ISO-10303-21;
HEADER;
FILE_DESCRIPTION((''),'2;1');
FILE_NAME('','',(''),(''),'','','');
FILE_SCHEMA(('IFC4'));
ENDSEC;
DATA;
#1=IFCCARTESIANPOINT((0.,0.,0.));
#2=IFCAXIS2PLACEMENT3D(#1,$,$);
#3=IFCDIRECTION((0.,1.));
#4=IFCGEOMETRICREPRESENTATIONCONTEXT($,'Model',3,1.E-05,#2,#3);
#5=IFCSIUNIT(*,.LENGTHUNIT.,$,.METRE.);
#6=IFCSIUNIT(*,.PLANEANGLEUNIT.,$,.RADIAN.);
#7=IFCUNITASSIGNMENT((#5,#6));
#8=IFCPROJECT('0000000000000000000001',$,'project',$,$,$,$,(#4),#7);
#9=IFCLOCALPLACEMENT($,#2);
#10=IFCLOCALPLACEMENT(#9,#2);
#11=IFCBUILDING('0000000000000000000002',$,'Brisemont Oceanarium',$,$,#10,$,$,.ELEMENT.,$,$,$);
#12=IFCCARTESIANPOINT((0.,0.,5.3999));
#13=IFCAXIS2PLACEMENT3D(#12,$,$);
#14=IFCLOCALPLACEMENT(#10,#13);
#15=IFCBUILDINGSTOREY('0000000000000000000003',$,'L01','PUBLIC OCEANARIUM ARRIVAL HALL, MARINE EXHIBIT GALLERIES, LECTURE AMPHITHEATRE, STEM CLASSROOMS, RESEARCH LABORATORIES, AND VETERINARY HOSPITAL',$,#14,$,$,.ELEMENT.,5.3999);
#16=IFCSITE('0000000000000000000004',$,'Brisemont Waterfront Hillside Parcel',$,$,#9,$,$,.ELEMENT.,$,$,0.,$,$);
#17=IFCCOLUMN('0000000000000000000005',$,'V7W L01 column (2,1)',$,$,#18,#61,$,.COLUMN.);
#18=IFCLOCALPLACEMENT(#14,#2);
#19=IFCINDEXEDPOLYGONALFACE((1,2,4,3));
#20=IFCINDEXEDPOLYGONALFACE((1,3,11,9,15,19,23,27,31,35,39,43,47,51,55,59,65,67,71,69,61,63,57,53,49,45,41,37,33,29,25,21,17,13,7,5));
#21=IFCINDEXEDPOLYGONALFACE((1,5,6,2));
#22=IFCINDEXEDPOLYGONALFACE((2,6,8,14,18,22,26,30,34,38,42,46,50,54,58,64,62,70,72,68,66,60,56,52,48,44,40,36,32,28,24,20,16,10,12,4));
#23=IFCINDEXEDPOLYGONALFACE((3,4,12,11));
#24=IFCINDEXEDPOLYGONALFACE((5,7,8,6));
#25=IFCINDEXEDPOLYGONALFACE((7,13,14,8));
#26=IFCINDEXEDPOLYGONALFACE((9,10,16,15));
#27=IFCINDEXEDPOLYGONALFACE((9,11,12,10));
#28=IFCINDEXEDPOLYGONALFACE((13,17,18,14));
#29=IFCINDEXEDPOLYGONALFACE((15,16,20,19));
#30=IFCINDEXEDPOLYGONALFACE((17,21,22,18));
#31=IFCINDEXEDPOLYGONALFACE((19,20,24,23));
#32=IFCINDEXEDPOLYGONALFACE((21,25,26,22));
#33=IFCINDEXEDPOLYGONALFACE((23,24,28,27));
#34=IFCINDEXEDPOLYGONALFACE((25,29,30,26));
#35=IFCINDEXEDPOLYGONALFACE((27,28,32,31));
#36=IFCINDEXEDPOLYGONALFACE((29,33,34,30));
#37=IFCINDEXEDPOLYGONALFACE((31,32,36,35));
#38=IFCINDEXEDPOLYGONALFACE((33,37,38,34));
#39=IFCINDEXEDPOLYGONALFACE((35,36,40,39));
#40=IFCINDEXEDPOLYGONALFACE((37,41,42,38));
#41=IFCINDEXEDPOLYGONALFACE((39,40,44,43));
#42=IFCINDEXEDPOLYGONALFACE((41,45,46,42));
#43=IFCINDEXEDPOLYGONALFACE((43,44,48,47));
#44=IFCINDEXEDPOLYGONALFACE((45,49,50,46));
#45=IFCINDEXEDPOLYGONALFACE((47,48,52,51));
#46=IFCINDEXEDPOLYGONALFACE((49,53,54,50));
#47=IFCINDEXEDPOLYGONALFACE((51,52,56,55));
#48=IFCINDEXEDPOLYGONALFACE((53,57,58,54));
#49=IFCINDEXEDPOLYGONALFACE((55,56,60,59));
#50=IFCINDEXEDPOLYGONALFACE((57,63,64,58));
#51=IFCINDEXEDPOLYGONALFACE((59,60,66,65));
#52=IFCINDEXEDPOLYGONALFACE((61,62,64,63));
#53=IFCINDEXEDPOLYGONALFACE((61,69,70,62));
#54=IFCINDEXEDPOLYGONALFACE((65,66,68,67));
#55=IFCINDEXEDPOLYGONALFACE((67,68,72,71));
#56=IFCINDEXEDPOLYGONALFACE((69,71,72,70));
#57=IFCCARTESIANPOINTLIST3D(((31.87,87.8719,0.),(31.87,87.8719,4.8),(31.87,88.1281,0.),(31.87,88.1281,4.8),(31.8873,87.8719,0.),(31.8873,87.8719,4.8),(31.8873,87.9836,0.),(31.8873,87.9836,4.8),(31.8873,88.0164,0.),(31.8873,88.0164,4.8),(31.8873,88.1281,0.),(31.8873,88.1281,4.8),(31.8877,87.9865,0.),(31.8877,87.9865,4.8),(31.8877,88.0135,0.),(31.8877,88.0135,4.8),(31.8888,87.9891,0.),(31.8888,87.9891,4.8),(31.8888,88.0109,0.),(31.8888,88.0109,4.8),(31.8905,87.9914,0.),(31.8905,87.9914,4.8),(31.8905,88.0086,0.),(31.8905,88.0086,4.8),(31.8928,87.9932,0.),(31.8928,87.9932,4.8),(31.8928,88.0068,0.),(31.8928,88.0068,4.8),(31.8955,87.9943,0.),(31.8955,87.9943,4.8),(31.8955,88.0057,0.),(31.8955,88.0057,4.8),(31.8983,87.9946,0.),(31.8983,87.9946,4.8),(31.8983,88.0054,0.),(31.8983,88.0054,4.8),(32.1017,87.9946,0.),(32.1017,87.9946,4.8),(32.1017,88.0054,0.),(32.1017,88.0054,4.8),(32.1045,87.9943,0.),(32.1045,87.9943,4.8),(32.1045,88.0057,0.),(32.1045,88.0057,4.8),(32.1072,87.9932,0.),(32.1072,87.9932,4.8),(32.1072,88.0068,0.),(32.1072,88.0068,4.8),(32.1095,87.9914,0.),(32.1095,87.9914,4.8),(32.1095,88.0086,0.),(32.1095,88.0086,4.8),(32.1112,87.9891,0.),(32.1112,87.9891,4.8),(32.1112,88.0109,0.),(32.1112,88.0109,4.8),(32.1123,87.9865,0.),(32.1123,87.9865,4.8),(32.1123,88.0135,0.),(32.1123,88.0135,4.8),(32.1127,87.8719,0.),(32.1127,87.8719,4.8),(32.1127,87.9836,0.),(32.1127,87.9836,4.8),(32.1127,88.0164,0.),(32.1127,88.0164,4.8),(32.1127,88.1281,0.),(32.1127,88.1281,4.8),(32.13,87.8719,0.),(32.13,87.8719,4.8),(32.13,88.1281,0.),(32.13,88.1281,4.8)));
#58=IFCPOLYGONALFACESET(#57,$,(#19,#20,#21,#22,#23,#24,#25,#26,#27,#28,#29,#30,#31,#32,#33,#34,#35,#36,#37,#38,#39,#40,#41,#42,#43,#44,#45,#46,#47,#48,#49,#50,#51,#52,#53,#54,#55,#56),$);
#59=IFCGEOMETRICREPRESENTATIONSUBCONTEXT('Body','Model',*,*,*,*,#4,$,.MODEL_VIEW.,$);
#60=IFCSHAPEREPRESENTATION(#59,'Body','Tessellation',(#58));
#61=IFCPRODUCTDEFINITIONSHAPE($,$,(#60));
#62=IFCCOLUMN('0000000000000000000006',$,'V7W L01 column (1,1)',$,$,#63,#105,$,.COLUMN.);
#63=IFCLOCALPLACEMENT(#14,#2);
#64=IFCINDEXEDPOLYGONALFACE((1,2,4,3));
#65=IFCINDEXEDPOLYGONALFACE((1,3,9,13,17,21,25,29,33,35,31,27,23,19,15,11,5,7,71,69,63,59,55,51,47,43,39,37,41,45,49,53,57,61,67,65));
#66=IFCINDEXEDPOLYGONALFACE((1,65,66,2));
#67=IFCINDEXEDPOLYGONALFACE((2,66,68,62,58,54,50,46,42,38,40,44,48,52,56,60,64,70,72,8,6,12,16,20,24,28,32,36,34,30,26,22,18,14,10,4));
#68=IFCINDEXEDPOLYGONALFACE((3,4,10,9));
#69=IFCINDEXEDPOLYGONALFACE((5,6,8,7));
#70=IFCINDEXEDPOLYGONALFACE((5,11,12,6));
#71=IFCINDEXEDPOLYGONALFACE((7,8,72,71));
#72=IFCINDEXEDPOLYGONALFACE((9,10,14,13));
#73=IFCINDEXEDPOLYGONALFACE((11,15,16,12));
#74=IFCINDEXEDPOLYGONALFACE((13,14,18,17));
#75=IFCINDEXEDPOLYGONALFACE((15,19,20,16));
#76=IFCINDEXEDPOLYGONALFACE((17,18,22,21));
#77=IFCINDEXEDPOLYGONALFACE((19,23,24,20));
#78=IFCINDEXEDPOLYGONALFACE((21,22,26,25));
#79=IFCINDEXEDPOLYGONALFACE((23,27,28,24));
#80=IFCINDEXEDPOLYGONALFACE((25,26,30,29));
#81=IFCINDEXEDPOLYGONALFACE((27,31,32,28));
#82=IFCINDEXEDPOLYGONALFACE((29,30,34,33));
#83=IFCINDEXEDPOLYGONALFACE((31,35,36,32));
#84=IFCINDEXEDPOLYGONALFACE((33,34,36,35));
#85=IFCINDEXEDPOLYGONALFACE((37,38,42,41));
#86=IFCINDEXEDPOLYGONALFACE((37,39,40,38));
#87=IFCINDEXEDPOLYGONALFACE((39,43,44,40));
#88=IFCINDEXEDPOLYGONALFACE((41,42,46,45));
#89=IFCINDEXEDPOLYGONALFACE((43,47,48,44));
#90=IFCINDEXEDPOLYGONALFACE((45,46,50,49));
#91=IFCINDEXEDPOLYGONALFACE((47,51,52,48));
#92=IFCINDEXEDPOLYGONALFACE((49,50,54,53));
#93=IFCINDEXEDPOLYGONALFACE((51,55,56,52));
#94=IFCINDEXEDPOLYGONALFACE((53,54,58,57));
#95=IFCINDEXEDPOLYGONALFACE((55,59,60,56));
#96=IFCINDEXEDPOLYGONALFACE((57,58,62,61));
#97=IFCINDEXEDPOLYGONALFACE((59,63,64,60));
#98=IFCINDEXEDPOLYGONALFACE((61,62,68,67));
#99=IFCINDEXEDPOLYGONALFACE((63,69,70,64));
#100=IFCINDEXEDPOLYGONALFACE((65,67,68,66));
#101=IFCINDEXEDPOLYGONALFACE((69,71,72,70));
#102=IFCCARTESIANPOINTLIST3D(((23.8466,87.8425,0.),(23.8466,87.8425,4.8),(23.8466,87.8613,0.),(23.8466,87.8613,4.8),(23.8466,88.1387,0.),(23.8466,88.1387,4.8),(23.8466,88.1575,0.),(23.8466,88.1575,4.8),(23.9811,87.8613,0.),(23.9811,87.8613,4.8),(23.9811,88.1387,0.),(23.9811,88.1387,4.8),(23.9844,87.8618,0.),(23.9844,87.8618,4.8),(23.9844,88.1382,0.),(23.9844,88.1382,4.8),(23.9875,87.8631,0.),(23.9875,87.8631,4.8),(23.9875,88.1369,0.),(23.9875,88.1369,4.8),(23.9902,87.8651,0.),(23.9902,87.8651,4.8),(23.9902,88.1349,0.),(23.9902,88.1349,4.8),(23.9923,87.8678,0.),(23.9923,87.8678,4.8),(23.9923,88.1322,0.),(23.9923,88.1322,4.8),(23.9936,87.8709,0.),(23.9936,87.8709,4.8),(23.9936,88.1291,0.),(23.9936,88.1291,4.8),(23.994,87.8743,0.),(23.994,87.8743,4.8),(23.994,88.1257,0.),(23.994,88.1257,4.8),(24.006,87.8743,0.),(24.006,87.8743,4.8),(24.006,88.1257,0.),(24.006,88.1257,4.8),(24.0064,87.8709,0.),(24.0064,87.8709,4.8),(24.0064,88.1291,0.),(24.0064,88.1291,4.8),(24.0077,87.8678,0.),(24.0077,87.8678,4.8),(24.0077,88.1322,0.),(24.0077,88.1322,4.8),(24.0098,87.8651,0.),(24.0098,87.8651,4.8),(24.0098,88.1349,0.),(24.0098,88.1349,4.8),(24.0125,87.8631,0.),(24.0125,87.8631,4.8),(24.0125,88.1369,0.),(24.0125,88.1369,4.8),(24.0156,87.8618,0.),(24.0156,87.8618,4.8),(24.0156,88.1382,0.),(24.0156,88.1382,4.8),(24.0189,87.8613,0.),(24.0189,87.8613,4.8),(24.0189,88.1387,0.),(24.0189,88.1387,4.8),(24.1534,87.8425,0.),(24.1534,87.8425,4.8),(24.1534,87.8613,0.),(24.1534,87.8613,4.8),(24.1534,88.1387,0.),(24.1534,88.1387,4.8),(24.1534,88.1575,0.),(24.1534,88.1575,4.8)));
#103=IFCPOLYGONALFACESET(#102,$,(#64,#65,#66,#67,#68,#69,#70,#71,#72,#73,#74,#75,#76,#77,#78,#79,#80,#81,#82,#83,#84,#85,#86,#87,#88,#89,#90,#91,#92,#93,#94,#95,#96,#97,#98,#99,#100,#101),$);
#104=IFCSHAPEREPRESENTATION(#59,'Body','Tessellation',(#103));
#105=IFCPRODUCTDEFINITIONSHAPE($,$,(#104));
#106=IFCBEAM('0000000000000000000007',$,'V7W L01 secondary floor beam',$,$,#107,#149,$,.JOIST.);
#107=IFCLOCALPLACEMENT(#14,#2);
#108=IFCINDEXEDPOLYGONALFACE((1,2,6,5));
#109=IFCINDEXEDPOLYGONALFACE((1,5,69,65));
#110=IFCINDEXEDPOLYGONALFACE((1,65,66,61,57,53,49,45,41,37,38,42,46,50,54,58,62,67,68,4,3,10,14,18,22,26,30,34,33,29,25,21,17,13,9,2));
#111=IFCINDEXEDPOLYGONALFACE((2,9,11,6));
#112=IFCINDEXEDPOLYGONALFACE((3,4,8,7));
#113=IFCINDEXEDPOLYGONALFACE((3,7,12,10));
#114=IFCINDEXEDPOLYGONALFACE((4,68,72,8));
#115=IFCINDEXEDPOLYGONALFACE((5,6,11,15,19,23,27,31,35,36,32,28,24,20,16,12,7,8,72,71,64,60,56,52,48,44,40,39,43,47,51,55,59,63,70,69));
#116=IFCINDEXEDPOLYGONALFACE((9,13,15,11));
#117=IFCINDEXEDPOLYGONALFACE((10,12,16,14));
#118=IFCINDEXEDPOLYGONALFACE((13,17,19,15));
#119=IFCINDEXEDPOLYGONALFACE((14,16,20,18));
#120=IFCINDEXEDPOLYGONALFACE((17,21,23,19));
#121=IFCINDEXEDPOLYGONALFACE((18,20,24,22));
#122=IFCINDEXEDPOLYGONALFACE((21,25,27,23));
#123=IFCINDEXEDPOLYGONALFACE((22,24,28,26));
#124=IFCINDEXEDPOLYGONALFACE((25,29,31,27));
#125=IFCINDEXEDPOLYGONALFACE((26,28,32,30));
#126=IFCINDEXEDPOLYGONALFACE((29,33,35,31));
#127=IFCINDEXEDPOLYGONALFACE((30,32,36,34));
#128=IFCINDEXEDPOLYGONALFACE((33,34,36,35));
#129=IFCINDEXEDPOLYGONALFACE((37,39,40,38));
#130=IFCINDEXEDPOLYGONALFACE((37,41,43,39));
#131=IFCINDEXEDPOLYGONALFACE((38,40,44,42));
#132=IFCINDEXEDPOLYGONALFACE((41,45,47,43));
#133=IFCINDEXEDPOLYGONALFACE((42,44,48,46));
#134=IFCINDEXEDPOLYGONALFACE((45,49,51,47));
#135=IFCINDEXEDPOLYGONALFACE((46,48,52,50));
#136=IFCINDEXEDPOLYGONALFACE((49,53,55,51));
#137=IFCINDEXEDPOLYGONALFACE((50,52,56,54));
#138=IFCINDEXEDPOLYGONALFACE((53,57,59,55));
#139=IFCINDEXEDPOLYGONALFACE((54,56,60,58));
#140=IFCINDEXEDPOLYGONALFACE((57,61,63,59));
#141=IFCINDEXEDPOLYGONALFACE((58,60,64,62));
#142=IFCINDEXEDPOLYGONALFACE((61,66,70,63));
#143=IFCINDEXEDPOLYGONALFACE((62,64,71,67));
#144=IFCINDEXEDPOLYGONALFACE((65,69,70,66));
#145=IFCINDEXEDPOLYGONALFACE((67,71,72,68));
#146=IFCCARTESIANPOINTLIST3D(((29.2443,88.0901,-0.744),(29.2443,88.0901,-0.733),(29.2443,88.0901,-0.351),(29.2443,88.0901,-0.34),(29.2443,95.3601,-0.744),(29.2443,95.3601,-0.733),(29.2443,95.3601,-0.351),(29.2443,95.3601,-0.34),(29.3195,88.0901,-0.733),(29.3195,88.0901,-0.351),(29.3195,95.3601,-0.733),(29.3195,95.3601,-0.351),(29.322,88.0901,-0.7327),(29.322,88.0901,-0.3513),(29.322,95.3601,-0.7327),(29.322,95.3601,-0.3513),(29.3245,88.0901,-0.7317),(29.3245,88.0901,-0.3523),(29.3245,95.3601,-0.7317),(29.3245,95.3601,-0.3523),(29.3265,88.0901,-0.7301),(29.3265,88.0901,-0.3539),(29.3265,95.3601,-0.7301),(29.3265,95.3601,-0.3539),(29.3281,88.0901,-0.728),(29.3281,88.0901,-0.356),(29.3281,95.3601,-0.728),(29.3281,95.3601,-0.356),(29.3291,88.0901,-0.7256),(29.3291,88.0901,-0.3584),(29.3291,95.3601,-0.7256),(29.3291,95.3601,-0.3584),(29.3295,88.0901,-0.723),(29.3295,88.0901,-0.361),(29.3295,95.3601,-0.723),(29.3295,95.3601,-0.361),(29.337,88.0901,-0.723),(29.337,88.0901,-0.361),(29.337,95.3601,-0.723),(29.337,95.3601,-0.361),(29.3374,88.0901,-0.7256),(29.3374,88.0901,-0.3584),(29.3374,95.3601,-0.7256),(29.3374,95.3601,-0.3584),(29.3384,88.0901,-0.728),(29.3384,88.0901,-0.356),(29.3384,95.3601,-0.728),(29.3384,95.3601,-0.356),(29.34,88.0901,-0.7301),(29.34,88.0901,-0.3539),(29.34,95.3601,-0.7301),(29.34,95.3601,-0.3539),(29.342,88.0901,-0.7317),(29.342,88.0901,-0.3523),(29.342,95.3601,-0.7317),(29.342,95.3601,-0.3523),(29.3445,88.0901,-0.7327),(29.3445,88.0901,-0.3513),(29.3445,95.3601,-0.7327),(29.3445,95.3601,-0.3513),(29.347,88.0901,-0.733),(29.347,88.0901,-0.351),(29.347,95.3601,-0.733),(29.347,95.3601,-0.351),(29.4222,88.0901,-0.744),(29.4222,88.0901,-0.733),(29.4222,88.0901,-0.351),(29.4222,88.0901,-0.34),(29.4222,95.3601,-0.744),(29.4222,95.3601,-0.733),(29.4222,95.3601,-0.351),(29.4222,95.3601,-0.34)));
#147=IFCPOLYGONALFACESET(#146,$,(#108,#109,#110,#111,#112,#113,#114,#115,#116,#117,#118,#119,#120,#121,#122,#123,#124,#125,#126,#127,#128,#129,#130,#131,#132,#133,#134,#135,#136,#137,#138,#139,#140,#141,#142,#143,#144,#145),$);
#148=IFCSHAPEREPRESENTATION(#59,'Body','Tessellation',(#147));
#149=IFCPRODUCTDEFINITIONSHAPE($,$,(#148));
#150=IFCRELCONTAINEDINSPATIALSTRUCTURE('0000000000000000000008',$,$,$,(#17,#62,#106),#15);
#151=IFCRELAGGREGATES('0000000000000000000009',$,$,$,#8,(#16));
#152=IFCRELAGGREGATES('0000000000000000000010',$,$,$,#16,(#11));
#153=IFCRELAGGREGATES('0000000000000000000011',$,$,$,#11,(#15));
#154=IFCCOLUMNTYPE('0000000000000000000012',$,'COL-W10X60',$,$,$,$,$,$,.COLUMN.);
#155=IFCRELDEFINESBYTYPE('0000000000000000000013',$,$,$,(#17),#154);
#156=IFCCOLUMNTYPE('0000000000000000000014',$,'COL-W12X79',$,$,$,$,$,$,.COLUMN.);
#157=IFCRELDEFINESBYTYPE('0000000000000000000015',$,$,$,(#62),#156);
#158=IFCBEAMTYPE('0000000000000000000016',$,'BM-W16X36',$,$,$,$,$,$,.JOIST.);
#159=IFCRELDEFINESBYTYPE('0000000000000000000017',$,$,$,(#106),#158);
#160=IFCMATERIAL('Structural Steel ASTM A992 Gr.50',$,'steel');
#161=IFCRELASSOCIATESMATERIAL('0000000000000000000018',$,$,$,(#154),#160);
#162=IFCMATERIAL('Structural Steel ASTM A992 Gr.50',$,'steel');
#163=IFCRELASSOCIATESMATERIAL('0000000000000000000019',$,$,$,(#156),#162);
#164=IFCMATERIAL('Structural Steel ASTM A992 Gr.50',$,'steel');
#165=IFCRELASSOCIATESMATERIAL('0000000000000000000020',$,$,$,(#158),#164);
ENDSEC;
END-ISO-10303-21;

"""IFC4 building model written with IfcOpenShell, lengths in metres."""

from ifc_helpers import new_model, si_unit, direction, frame, origin, origin_2d, place, context, subcontext, project, spatial, i_section, extrude, material, material_profile, profile_set, type_object, element, save


model = new_model("IFC4")

# Units and contexts
model_context = context("Model", 3, precision=1e-05, world=origin(), true_north=direction((0.0, 1.0)))
body_context = subcontext(model_context, "Body", "Model", "MODEL_VIEW")
ifc_project = project(units=[si_unit("LENGTHUNIT", "METRE"), si_unit("PLANEANGLEUNIT", "RADIAN")], contexts=[model_context])

# Site, building, storey
site_placement = place(None, origin())
site = spatial("IfcSite", under=ifc_project, at=site_placement, Name="Brisemont Waterfront Hillside Parcel", CompositionType="ELEMENT", RefElevation=0.0)
building_placement = place(site_placement, origin())
building = spatial("IfcBuilding", under=site, at=building_placement, Name="Brisemont Oceanarium", CompositionType="ELEMENT")
storey_placement = place(building_placement, frame((0.0, 0.0, 5.3999)))
storey = spatial("IfcBuildingStorey", under=building, at=storey_placement, Name="L01", Description="PUBLIC OCEANARIUM ARRIVAL HALL, MARINE EXHIBIT GALLERIES, LECTURE AMPHITHEATRE, STEM CLASSROOMS, RESEARCH LABORATORIES, AND VETERINARY HOSPITAL", CompositionType="ELEMENT", Elevation=5.3999)

# Columns
ifc_material_1 = material(Name="Structural Steel ASTM A992 Gr.50", Category="steel")
ifc_material_profile_1 = material_profile(ifc_material_1, i_section(OverallWidth=0.2561, OverallDepth=0.26, WebThickness=0.0107, FlangeThickness=0.0173, FilletRadius=0.011, at=origin_2d()), Name="W10X60")
ifc_profile_set_1 = profile_set([ifc_material_profile_1], Name="Structural Steel ASTM A992 Gr.50")
column_type_1 = type_object("IfcColumnType", Name="COL-W10X60", PredefinedType="COLUMN", material=ifc_profile_set_1)
column_1_placement = place(storey_placement, frame((32.0, 88.0, 0.0), z_axis=(0.0, 0.0, 1.0), x_axis=(0.0, 1.0, 0.0)))
element("IfcColumn", 1, at=column_1_placement, inside=storey, type_object=column_type_1, Name="V7W L01 column (2,1)", PredefinedType="COLUMN", context=body_context, shape_type="SweptSolid", body=[
    extrude(i_section(OverallWidth=0.2561, OverallDepth=0.26, WebThickness=0.0107, FlangeThickness=0.0173, FilletRadius=0.011, at=origin_2d()), origin(), (0.0, 0.0, 1.0), 4.8),
])
ifc_material_2 = material(Name="Structural Steel ASTM A992 Gr.50", Category="steel")
ifc_material_profile_2 = material_profile(ifc_material_2, i_section(OverallWidth=0.3069, OverallDepth=0.3149, WebThickness=0.012, FlangeThickness=0.0188, FilletRadius=0.0129, at=origin_2d()), Name="W12X79")
ifc_profile_set_2 = profile_set([ifc_material_profile_2], Name="Structural Steel ASTM A992 Gr.50")
column_type_2 = type_object("IfcColumnType", Name="COL-W12X79", PredefinedType="COLUMN", material=ifc_profile_set_2)
column_2_placement = place(storey_placement, frame((24.0, 88.0, 0.0), z_axis=(0.0, 0.0, 1.0), x_axis=(1.0, 0.0, 0.0)))
element("IfcColumn", 2, at=column_2_placement, inside=storey, type_object=column_type_2, Name="V7W L01 column (1,1)", PredefinedType="COLUMN", context=body_context, shape_type="SweptSolid", body=[
    extrude(i_section(OverallWidth=0.3069, OverallDepth=0.3149, WebThickness=0.012, FlangeThickness=0.0188, FilletRadius=0.0129, at=origin_2d()), origin(), (0.0, 0.0, 1.0), 4.8),
])

# Beam
ifc_material_3 = material(Name="Structural Steel ASTM A992 Gr.50", Category="steel")
ifc_material_profile_3 = material_profile(ifc_material_3, i_section(OverallWidth=0.178, OverallDepth=0.4041, WebThickness=0.0076, FlangeThickness=0.011, FilletRadius=0.01, at=origin_2d()), Name="W16X36")
ifc_profile_set_3 = profile_set([ifc_material_profile_3], Name="Structural Steel ASTM A992 Gr.50")
beam_type_1 = type_object("IfcBeamType", Name="BM-W16X36", PredefinedType="JOIST", material=ifc_profile_set_3)
beam_1_placement = place(storey_placement, frame((29.3333, 88.0901, -0.542), z_axis=(0.0, 1.0, 0.0), x_axis=(-1.0, 0.0, 0.0)))
element("IfcBeam", 3, at=beam_1_placement, inside=storey, type_object=beam_type_1, Name="V7W L01 secondary floor beam", PredefinedType="JOIST", context=body_context, shape_type="SweptSolid", body=[
    extrude(i_section(OverallWidth=0.178, OverallDepth=0.4041, WebThickness=0.0076, FlangeThickness=0.011, FilletRadius=0.01, at=origin_2d()), origin(), (0.0, 0.0, 1.0), 7.27),
])

save(model, "model.ifc")
